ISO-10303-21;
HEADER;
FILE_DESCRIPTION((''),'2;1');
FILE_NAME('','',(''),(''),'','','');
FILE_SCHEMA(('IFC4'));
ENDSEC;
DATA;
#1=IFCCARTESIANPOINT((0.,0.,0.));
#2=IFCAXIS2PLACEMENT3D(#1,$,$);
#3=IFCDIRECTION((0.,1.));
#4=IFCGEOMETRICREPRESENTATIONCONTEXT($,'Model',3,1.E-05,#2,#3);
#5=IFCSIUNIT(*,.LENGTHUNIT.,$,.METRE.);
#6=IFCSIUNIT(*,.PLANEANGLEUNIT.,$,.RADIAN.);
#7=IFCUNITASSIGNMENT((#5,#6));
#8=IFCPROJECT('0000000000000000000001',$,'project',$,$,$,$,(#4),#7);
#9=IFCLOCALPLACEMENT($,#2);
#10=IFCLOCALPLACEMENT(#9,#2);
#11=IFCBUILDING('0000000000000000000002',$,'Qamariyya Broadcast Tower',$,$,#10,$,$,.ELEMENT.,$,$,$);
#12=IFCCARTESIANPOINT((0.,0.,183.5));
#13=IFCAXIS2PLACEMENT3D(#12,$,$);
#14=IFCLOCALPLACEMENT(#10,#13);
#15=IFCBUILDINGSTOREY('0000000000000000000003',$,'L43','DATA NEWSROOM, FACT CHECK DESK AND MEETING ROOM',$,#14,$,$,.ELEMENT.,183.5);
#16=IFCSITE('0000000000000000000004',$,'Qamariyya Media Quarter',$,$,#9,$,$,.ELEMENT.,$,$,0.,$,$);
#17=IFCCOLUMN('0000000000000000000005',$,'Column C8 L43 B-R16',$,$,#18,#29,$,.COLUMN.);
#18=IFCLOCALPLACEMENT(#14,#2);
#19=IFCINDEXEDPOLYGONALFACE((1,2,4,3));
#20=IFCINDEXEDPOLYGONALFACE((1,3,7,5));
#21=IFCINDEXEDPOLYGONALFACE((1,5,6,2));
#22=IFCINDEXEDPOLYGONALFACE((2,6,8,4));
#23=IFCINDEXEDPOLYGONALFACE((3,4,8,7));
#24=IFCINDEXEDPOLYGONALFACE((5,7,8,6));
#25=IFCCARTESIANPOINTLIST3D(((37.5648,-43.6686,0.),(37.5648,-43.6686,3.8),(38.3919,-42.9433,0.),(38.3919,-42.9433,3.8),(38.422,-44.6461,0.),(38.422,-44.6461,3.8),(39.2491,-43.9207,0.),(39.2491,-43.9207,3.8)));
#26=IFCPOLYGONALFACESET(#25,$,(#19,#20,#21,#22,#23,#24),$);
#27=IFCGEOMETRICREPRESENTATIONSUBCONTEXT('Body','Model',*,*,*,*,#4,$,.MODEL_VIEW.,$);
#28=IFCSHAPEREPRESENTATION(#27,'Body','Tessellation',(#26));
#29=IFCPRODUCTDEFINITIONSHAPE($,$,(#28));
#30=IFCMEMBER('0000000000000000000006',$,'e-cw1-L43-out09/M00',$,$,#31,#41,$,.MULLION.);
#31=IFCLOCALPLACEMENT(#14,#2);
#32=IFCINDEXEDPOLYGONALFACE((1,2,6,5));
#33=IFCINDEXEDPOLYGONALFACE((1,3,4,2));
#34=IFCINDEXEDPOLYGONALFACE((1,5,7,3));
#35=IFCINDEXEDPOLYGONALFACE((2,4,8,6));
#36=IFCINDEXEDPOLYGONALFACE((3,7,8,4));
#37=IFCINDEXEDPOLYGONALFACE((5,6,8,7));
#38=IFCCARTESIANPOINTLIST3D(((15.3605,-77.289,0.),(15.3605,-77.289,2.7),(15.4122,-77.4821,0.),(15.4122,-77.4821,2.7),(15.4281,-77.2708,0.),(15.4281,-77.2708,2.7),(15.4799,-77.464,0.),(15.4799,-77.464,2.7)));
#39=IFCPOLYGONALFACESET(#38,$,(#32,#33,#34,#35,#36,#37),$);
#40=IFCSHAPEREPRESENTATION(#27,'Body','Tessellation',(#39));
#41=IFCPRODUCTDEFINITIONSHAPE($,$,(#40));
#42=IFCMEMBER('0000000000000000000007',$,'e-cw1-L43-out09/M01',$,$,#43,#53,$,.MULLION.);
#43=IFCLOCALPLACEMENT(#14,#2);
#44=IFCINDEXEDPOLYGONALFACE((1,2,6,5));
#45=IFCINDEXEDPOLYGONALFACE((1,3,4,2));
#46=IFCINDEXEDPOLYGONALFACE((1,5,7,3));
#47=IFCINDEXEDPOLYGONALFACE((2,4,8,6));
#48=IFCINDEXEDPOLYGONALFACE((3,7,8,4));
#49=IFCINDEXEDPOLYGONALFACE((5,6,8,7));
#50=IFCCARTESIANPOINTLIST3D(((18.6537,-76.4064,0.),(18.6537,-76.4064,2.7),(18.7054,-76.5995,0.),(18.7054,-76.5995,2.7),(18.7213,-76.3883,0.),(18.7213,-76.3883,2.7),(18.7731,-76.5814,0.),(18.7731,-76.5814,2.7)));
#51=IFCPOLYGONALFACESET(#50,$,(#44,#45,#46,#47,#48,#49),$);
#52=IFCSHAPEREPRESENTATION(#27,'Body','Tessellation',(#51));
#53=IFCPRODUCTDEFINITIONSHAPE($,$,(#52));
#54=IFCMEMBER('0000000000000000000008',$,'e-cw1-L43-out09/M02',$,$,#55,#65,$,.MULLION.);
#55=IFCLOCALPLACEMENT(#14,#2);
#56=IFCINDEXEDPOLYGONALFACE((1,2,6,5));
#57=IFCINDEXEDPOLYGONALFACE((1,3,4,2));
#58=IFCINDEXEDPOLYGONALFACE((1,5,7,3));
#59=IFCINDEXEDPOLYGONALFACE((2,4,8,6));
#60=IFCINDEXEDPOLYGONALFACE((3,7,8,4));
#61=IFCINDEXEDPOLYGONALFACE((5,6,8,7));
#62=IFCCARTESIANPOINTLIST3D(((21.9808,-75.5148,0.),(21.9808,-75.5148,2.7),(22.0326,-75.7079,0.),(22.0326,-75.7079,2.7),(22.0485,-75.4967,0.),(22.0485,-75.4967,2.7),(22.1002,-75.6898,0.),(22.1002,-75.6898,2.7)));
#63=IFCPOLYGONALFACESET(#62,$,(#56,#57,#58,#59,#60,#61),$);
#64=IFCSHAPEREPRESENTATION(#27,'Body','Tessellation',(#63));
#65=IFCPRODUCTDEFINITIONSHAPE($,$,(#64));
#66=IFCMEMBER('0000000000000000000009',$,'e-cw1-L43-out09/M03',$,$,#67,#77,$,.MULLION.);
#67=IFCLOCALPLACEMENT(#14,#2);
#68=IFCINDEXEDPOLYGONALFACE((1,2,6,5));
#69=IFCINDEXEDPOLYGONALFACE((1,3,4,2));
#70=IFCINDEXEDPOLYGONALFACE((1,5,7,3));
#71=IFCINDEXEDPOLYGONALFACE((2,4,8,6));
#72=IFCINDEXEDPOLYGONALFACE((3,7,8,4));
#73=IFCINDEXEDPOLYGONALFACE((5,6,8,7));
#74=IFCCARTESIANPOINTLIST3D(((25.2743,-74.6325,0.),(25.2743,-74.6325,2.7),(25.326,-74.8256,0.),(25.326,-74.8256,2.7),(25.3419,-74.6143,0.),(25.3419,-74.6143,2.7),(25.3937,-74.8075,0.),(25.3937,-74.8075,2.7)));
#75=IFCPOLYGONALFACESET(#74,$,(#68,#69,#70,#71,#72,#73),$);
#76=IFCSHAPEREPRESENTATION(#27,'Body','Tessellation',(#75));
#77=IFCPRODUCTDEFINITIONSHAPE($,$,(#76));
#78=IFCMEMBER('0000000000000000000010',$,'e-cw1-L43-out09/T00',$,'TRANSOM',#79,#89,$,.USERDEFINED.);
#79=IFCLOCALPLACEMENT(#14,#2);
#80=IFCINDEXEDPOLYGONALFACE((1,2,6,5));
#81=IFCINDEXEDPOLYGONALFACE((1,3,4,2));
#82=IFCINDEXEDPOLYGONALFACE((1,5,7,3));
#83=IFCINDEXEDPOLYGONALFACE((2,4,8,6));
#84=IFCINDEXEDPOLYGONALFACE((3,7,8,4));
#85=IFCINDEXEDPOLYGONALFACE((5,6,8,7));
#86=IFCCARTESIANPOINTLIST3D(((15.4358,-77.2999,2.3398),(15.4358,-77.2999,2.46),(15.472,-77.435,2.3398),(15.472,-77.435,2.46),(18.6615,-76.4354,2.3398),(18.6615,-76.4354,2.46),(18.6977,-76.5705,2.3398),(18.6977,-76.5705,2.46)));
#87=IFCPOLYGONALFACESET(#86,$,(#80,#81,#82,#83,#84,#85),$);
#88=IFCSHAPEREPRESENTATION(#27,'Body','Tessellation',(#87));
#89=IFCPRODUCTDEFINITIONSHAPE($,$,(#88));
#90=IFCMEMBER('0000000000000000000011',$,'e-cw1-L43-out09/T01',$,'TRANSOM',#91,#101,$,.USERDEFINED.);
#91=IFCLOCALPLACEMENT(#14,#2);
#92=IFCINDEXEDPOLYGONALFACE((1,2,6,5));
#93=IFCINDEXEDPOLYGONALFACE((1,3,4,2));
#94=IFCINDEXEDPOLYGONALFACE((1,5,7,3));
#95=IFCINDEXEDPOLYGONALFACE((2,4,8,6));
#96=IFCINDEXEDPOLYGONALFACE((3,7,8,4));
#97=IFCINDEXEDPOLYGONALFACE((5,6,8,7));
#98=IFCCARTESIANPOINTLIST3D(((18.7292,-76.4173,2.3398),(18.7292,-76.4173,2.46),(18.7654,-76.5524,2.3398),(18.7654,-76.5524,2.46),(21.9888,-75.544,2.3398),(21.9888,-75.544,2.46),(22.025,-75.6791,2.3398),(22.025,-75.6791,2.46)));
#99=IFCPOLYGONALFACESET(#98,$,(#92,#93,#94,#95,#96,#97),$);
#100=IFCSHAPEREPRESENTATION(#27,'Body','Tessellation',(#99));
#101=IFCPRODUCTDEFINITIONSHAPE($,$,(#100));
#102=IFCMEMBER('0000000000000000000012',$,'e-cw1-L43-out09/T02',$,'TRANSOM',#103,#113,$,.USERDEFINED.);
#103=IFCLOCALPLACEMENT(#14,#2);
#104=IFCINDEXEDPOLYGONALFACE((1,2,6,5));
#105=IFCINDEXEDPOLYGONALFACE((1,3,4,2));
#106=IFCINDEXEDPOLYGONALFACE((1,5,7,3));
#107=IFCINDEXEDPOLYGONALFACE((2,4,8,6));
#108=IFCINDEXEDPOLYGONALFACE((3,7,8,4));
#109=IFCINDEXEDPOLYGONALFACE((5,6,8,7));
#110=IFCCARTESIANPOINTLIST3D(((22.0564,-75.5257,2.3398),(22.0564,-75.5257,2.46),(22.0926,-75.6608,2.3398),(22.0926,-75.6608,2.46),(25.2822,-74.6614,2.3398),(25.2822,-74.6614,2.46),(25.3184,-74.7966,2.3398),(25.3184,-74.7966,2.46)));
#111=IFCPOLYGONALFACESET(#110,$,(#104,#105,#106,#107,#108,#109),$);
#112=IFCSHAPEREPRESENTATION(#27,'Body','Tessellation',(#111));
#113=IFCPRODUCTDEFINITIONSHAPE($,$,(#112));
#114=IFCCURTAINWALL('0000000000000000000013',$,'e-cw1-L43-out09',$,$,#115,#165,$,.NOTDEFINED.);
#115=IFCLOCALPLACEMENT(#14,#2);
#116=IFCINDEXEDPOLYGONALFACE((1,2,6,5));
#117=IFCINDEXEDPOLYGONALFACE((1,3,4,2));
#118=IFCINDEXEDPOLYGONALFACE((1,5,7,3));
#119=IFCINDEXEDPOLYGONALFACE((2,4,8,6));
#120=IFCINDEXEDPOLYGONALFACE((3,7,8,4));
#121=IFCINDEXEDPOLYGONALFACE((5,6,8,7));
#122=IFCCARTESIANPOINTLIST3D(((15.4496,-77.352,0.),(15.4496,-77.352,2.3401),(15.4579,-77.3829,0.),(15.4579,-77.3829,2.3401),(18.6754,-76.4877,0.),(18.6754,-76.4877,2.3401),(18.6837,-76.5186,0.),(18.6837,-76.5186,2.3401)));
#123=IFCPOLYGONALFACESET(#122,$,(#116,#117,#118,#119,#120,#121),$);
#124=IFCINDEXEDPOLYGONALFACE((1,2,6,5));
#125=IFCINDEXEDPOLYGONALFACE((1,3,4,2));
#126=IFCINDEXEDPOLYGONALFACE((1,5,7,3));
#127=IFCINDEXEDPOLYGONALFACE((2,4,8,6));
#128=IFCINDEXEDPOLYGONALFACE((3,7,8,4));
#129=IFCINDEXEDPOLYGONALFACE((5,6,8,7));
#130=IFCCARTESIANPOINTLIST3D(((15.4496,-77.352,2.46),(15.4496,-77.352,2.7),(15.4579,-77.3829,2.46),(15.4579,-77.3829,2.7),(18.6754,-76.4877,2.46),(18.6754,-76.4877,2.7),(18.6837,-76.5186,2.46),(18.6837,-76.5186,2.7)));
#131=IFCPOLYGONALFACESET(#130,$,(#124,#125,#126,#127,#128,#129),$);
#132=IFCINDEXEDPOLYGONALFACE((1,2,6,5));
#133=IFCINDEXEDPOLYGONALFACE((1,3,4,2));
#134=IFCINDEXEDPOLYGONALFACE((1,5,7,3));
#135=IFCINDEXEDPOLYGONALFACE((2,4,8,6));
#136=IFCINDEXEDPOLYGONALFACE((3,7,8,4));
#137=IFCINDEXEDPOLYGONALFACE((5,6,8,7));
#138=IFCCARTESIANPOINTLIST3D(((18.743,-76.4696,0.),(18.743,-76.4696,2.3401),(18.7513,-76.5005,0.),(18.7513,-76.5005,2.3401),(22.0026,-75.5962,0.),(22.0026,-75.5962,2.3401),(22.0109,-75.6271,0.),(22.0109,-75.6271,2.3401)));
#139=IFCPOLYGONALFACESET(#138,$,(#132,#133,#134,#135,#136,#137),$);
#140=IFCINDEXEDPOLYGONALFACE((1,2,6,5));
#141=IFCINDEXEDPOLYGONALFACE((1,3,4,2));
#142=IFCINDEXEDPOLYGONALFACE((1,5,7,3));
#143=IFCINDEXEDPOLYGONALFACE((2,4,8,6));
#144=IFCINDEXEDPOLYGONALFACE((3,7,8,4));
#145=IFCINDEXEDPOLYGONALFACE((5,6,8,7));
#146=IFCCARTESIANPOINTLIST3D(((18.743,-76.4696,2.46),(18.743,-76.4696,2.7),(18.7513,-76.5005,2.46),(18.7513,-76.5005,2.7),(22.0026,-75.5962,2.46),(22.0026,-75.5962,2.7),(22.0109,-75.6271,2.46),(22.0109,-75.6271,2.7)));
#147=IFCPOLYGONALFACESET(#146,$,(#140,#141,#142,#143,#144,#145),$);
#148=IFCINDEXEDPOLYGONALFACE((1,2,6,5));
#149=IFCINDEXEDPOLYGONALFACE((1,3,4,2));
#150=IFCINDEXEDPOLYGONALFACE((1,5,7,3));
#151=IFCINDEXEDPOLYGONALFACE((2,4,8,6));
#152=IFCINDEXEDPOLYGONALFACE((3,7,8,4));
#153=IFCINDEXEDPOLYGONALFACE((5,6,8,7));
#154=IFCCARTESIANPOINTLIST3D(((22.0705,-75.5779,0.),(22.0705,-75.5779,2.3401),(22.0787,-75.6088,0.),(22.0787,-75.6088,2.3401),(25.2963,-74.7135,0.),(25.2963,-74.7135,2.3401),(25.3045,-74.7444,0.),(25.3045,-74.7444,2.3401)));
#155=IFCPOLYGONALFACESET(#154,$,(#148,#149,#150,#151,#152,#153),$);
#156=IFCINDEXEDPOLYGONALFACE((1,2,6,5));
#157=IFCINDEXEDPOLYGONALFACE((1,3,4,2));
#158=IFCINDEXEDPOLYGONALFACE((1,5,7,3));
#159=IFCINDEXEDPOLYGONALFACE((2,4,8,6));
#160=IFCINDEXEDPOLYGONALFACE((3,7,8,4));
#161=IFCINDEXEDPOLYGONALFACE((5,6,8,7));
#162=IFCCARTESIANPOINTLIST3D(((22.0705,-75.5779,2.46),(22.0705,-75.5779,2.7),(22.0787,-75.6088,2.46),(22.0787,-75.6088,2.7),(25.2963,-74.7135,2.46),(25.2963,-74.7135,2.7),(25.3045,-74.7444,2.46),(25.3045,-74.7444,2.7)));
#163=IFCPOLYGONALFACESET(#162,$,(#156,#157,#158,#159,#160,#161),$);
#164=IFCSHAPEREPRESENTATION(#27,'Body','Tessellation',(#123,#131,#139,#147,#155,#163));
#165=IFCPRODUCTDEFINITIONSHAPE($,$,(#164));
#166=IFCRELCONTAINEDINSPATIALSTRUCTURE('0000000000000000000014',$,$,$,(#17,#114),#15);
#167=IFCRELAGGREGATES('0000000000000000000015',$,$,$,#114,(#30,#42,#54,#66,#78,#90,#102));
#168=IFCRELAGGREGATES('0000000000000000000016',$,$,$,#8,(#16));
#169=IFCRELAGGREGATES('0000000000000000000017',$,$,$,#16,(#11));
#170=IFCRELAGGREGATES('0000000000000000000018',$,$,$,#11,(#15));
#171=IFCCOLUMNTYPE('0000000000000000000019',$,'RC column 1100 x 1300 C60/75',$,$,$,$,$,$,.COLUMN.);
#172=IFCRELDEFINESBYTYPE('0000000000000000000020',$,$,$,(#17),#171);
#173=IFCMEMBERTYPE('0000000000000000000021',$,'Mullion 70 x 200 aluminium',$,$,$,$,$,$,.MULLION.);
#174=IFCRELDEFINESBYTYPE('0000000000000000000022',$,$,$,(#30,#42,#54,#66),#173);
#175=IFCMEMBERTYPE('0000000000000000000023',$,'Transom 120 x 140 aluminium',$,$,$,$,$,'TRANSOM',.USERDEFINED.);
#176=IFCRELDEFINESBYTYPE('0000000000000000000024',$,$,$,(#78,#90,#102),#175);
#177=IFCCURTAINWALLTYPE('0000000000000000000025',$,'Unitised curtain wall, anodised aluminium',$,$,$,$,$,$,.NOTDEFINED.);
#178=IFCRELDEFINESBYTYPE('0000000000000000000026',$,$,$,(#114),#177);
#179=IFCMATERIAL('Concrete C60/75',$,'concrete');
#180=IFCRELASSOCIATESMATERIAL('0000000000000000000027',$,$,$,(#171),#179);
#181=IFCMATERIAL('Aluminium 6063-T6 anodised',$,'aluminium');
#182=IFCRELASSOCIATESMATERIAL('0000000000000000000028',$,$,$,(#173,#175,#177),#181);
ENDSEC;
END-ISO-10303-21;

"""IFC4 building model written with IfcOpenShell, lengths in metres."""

from ifc_helpers import new_model, si_unit, direction, frame, origin, origin_2d, place, context, subcontext, project, spatial, rectangle, extrude, material, material_profile, profile_set, type_object, element, aggregate, save


model = new_model("IFC4")

# Units and contexts
model_context = context("Model", 3, precision=1e-05, world=origin(), true_north=direction((0.0, 1.0)))
body_context = subcontext(model_context, "Body", "Model", "MODEL_VIEW")
ifc_project = project(units=[si_unit("LENGTHUNIT", "METRE"), si_unit("PLANEANGLEUNIT", "RADIAN")], contexts=[model_context])

# Site, building, storey
site_placement = place(None, origin())
site = spatial("IfcSite", under=ifc_project, at=site_placement, Name="Qamariyya Media Quarter", CompositionType="ELEMENT", RefElevation=0.0)
building_placement = place(site_placement, origin())
building = spatial("IfcBuilding", under=site, at=building_placement, Name="Qamariyya Broadcast Tower", CompositionType="ELEMENT")
storey_placement = place(building_placement, frame((0.0, 0.0, 183.5)))
storey = spatial("IfcBuildingStorey", under=building, at=storey_placement, Name="L43", Description="DATA NEWSROOM, FACT CHECK DESK AND MEETING ROOM", CompositionType="ELEMENT", Elevation=183.5)

# Column
ifc_material_1 = material(Name="Concrete C60/75", Category="concrete")
ifc_material_profile_1 = material_profile(ifc_material_1, rectangle(XDim=1.1001, YDim=1.3, at=origin_2d()))
ifc_profile_set_1 = profile_set([ifc_material_profile_1], Name="Concrete C60/75")
column_type = type_object("IfcColumnType", Name="RC column 1100 x 1300 C60/75", PredefinedType="COLUMN", material=ifc_profile_set_1)
column_placement = place(storey_placement, frame((38.407, -43.7947, 0.0), z_axis=(0.0, 0.0, 1.0), x_axis=(0.75184, 0.659346, 0.0)))
element("IfcColumn", 1, at=column_placement, inside=storey, type_object=column_type, Name="Column C8 L43 B-R16", PredefinedType="COLUMN", context=body_context, shape_type="SweptSolid", body=[
    extrude(rectangle(XDim=1.1001, YDim=1.3, at=origin_2d()), origin(), (0.0, 0.0, 1.0), 3.8),
])

# Members
ifc_material_2 = material(Name="Aluminium 6063-T6 anodised", Category="aluminium")
ifc_material_profile_2 = material_profile(ifc_material_2, rectangle(XDim=0.2, YDim=0.0701, at=origin_2d()))
ifc_profile_set_2 = profile_set([ifc_material_profile_2], Name="Aluminium 6063-T6 anodised")
member_type_1 = type_object("IfcMemberType", Name="Mullion 70 x 200 aluminium", PredefinedType="MULLION", material=ifc_profile_set_2)
member_1_placement = place(storey_placement, frame((15.4202, -77.3765, 0.0), z_axis=(0.0, 0.0, 1.0), x_axis=(-0.258819, 0.965926, 0.0)))
member_1 = element("IfcMember", 2, at=member_1_placement, type_object=member_type_1, Name="e-cw1-L43-out09/M00", PredefinedType="MULLION", context=body_context, shape_type="SweptSolid", body=[
    extrude(rectangle(XDim=0.2, YDim=0.0701, at=origin_2d()), origin(), (0.0, 0.0, 1.0), 2.7),
])
member_2_placement = place(storey_placement, frame((18.7134, -76.4939, 0.0), z_axis=(0.0, 0.0, 1.0), x_axis=(-0.258819, 0.965926, 0.0)))
member_2 = element("IfcMember", 3, at=member_2_placement, type_object=member_type_1, Name="e-cw1-L43-out09/M01", PredefinedType="MULLION", context=body_context, shape_type="SweptSolid", body=[
    extrude(rectangle(XDim=0.2, YDim=0.0701, at=origin_2d()), origin(), (0.0, 0.0, 1.0), 2.7),
])
member_3_placement = place(storey_placement, frame((22.0405, -75.6023, 0.0), z_axis=(0.0, 0.0, 1.0), x_axis=(-0.258819, 0.965926, 0.0)))
member_3 = element("IfcMember", 4, at=member_3_placement, type_object=member_type_1, Name="e-cw1-L43-out09/M02", PredefinedType="MULLION", context=body_context, shape_type="SweptSolid", body=[
    extrude(rectangle(XDim=0.2, YDim=0.0701, at=origin_2d()), origin(), (0.0, 0.0, 1.0), 2.7),
])
member_4_placement = place(storey_placement, frame((25.334, -74.72, 0.0), z_axis=(0.0, 0.0, 1.0), x_axis=(-0.258819, 0.965926, 0.0)))
member_4 = element("IfcMember", 5, at=member_4_placement, type_object=member_type_1, Name="e-cw1-L43-out09/M03", PredefinedType="MULLION", context=body_context, shape_type="SweptSolid", body=[
    extrude(rectangle(XDim=0.2, YDim=0.0701, at=origin_2d()), origin(), (0.0, 0.0, 1.0), 2.7),
])
ifc_material_profile_3 = material_profile(ifc_material_2, rectangle(XDim=0.1399, YDim=0.1201, at=origin_2d()))
ifc_profile_set_3 = profile_set([ifc_material_profile_3], Name="Aluminium 6063-T6 anodised")
member_type_2 = type_object("IfcMemberType", Name="Transom 120 x 140 aluminium", ElementType="TRANSOM", PredefinedType="USERDEFINED", material=ifc_profile_set_3)
member_5_placement = place(storey_placement, frame((15.4539, -77.3674, 2.3999), z_axis=(0.965915, 0.258859, 0.0), x_axis=(-0.258859, 0.965915, 0.0)))
member_5 = element("IfcMember", 6, at=member_5_placement, type_object=member_type_2, Name="e-cw1-L43-out09/T00", ObjectType="TRANSOM", PredefinedType="USERDEFINED", context=body_context, shape_type="SweptSolid", body=[
    extrude(rectangle(XDim=0.1399, YDim=0.1201, at=origin_2d()), origin(), (0.0, 0.0, 1.0), 3.3396),
])
member_6_placement = place(storey_placement, frame((18.7473, -76.4849, 2.3999), z_axis=(0.965933, 0.258793, 0.0), x_axis=(-0.258793, 0.965933, 0.0)))
member_6 = element("IfcMember", 7, at=member_6_placement, type_object=member_type_2, Name="e-cw1-L43-out09/T01", ObjectType="TRANSOM", PredefinedType="USERDEFINED", context=body_context, shape_type="SweptSolid", body=[
    extrude(rectangle(XDim=0.1399, YDim=0.1201, at=origin_2d()), origin(), (0.0, 0.0, 1.0), 3.3745),
])
member_7_placement = place(storey_placement, frame((22.0745, -75.5933, 2.3999), z_axis=(0.965933, 0.258791, 0.0), x_axis=(-0.258791, 0.965933, 0.0)))
member_7 = element("IfcMember", 8, at=member_7_placement, type_object=member_type_2, Name="e-cw1-L43-out09/T02", ObjectType="TRANSOM", PredefinedType="USERDEFINED", context=body_context, shape_type="SweptSolid", body=[
    extrude(rectangle(XDim=0.1399, YDim=0.1201, at=origin_2d()), origin(), (0.0, 0.0, 1.0), 3.3396),
])

# Curtain wall
curtain_wall_type = type_object("IfcCurtainWallType", Name="Unitised curtain wall, anodised aluminium", PredefinedType="NOTDEFINED", material=ifc_material_2)
curtain_wall_1_placement = place(storey_placement, origin())
curtain_wall_1 = element("IfcCurtainWall", 9, at=curtain_wall_1_placement, inside=storey, type_object=curtain_wall_type, Name="e-cw1-L43-out09", PredefinedType="NOTDEFINED", context=body_context, shape_type="SweptSolid", body=[
    extrude(rectangle(XDim=3.3396, YDim=0.032, at=origin_2d()), frame((17.0667, -76.9353, 0.0), x_axis=(0.965926, 0.258817, 0.0)), (0.0, 0.0, 1.0), 2.3401),
    extrude(rectangle(XDim=3.3396, YDim=0.032, at=origin_2d()), frame((17.0667, -76.9353, 2.46), x_axis=(0.965926, 0.258817, 0.0)), (0.0, 0.0, 1.0), 0.24),
    extrude(rectangle(XDim=3.3745, YDim=0.032, at=origin_2d()), frame((20.377, -76.0483, 0.0), x_axis=(0.965926, 0.258817, 0.0)), (0.0, 0.0, 1.0), 2.3401),
    extrude(rectangle(XDim=3.3745, YDim=0.032, at=origin_2d()), frame((20.377, -76.0483, 2.46), x_axis=(0.965926, 0.258817, 0.0)), (0.0, 0.0, 1.0), 0.24),
    extrude(rectangle(XDim=3.3396, YDim=0.032, at=origin_2d()), frame((23.6875, -75.1611, 0.0), x_axis=(0.965926, 0.258817, 0.0)), (0.0, 0.0, 1.0), 2.3401),
    extrude(rectangle(XDim=3.3396, YDim=0.032, at=origin_2d()), frame((23.6875, -75.1611, 2.46), x_axis=(0.965926, 0.258817, 0.0)), (0.0, 0.0, 1.0), 0.24),
])
aggregate(curtain_wall_1, [member_1, member_2, member_3, member_4, member_5, member_6, member_7])

save(model, "model.ifc")
